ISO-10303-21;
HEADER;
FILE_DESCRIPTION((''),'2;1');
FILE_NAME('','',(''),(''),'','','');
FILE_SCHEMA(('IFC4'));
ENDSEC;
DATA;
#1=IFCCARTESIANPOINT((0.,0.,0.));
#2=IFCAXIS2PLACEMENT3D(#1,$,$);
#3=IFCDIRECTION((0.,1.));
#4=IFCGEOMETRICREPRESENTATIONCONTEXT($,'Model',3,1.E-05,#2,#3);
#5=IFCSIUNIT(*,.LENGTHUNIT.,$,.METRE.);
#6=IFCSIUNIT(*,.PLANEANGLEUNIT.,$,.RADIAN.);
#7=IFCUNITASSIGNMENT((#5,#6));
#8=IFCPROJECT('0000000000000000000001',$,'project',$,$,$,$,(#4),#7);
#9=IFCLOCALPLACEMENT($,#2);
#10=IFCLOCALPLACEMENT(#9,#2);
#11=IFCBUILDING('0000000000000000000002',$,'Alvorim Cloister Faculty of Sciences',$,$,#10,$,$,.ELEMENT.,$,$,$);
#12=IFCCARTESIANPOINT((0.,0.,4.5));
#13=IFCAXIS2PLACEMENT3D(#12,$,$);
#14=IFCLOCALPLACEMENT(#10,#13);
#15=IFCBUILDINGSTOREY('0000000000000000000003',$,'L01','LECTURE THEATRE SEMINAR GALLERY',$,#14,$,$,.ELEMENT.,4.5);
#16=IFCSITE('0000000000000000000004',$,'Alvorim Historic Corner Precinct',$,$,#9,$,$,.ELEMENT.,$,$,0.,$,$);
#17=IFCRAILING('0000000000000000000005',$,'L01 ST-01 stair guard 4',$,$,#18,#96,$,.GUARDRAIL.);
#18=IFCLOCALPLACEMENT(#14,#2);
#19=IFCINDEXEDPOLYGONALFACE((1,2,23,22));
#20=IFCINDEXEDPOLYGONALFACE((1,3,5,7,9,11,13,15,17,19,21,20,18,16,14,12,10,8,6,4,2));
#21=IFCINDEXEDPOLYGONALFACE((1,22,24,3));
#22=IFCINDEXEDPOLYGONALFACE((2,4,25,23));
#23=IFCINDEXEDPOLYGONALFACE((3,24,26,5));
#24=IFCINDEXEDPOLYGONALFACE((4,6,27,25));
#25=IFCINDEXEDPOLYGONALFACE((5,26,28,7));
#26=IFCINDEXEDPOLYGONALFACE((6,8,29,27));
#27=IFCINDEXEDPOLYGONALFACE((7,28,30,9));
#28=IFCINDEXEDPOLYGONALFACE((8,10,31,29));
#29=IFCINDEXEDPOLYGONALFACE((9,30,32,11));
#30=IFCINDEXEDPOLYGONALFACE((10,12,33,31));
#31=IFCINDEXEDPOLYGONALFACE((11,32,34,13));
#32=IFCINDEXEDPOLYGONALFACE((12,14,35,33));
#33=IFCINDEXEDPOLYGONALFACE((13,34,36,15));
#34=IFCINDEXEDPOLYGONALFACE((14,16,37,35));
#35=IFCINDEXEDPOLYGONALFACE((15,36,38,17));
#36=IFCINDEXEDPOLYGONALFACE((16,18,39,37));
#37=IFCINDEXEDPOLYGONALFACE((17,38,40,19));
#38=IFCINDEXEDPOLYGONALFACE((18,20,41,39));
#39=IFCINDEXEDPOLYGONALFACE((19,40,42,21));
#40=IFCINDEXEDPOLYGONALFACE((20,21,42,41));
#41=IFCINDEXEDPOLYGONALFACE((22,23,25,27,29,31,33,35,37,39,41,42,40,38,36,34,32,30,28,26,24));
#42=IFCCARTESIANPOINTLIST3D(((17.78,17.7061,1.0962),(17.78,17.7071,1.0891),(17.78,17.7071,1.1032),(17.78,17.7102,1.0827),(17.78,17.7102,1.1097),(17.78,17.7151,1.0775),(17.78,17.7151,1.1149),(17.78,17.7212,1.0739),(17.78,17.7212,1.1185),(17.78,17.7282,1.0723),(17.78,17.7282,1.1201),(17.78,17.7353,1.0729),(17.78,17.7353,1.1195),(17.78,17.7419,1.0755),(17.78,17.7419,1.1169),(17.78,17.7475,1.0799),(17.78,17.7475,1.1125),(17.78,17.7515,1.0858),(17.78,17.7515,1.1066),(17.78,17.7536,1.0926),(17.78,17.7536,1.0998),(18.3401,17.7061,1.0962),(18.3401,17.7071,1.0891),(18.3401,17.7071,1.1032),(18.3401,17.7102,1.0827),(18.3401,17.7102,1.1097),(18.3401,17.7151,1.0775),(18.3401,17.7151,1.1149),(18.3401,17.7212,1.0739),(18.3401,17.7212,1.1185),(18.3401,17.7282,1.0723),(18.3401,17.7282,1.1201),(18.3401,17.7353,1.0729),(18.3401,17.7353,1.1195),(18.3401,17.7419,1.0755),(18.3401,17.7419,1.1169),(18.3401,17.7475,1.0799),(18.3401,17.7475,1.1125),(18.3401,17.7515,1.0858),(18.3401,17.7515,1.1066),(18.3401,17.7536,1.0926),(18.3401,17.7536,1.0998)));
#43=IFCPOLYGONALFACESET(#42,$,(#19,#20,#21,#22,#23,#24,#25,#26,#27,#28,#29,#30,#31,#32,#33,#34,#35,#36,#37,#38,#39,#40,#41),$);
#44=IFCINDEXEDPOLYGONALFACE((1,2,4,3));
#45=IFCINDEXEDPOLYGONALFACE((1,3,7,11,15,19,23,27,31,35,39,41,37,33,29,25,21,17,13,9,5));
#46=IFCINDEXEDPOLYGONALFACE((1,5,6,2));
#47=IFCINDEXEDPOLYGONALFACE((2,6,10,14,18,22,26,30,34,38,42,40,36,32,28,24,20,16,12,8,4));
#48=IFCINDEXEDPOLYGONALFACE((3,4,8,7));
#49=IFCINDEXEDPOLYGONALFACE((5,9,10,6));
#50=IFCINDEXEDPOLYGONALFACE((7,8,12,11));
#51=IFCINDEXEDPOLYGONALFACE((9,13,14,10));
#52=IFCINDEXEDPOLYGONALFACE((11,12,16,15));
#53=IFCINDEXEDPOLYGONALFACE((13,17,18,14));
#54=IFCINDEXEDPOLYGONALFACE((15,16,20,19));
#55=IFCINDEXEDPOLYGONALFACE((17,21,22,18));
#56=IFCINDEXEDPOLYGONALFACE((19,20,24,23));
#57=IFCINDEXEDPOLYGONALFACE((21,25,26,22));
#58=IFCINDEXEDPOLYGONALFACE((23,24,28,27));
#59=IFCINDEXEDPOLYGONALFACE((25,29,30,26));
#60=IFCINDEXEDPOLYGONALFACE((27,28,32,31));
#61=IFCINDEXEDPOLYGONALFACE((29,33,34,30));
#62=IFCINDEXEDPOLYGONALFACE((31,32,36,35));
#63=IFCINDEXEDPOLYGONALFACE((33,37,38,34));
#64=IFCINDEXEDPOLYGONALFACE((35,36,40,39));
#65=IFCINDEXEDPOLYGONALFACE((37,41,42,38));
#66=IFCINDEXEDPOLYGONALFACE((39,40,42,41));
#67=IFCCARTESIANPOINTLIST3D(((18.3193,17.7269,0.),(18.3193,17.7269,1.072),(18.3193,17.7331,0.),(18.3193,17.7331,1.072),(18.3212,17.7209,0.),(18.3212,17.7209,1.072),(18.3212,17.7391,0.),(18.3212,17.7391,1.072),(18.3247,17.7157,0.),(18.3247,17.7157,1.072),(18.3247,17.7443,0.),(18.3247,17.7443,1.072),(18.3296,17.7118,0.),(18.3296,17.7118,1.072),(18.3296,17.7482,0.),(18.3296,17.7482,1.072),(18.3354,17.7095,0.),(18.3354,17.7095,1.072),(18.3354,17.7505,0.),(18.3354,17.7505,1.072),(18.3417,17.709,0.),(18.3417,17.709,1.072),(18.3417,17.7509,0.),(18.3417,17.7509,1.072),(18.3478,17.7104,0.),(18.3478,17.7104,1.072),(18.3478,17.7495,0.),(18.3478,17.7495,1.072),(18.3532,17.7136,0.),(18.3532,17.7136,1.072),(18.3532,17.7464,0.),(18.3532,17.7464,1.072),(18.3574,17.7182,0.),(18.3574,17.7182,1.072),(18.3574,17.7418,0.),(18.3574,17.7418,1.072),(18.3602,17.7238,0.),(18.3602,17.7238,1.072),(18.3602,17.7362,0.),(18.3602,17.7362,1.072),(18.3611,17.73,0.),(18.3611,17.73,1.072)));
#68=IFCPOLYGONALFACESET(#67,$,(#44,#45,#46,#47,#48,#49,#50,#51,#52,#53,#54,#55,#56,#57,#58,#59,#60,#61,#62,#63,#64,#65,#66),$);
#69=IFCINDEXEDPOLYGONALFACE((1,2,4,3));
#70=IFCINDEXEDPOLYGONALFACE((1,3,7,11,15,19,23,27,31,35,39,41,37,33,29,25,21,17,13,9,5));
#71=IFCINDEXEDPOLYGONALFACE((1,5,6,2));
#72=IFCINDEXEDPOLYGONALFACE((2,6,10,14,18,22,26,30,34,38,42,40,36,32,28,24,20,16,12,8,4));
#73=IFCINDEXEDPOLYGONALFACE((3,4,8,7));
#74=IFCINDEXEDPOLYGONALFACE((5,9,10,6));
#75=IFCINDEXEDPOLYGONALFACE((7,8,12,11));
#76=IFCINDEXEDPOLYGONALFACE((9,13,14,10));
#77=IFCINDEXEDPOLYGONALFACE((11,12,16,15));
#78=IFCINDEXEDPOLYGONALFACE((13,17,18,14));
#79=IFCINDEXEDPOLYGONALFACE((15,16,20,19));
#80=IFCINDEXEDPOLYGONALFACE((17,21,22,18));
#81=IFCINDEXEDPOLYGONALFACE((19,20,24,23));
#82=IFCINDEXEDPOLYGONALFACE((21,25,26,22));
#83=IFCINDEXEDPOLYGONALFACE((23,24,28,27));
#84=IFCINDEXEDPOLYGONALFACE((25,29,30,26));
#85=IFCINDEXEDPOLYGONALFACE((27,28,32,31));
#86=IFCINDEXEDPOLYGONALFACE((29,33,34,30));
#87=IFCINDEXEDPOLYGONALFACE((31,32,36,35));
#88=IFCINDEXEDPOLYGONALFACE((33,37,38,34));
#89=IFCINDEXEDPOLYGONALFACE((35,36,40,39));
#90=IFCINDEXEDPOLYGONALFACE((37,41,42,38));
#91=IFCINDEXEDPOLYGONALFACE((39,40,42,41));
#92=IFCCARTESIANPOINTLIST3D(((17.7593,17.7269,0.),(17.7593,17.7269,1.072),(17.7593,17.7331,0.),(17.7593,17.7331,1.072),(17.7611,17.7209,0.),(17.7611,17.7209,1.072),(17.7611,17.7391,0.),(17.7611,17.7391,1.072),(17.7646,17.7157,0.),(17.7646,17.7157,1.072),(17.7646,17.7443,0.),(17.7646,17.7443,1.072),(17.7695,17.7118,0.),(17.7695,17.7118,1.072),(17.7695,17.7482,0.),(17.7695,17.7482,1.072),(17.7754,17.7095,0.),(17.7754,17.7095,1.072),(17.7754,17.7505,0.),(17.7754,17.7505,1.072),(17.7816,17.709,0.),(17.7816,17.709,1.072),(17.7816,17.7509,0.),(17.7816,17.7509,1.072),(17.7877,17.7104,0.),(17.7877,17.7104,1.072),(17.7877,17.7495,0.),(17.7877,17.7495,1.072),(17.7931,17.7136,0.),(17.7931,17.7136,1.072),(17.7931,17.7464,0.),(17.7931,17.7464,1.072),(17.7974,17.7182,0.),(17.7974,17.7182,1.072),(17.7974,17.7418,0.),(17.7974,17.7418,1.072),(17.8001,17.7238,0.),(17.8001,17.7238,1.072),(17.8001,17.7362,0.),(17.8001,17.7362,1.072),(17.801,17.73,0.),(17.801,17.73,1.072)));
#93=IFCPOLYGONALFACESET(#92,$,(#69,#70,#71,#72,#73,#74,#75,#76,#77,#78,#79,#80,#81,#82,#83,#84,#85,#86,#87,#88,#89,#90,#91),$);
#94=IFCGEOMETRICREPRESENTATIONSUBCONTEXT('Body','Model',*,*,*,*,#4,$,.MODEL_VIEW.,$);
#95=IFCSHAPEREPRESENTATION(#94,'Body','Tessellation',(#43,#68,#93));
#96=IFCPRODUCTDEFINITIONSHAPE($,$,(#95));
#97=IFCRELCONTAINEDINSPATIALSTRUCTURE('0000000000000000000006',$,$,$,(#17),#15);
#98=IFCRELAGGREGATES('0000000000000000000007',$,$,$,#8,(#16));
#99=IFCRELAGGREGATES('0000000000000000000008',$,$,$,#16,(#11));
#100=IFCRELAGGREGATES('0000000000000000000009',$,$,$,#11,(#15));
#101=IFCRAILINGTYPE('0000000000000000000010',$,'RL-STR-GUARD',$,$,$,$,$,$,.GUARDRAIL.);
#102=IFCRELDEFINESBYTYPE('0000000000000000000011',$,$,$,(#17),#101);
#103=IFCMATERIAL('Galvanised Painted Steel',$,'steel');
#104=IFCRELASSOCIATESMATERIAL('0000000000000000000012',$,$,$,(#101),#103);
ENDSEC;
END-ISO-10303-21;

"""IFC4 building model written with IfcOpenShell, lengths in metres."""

from ifc_helpers import new_model, si_unit, direction, frame, origin, origin_2d, place, context, subcontext, project, spatial, circle, extrude, material, type_object, element, save


model = new_model("IFC4")

# Units and contexts
model_context = context("Model", 3, precision=1e-05, world=origin(), true_north=direction((0.0, 1.0)))
body_context = subcontext(model_context, "Body", "Model", "MODEL_VIEW")
ifc_project = project(units=[si_unit("LENGTHUNIT", "METRE"), si_unit("PLANEANGLEUNIT", "RADIAN")], contexts=[model_context])

# Site, building, storey
site_placement = place(None, origin())
site = spatial("IfcSite", under=ifc_project, at=site_placement, Name="Alvorim Historic Corner Precinct", CompositionType="ELEMENT", RefElevation=0.0)
building_placement = place(site_placement, origin())
building = spatial("IfcBuilding", under=site, at=building_placement, Name="Alvorim Cloister Faculty of Sciences", CompositionType="ELEMENT")
storey_placement = place(building_placement, frame((0.0, 0.0, 4.5)))
storey = spatial("IfcBuildingStorey", under=building, at=storey_placement, Name="L01", Description="LECTURE THEATRE SEMINAR GALLERY", CompositionType="ELEMENT", Elevation=4.5)

# Railing
ifc_material_1 = material(Name="Galvanised Painted Steel", Category="steel")
railing_type_1 = type_object("IfcRailingType", Name="RL-STR-GUARD", PredefinedType="GUARDRAIL", material=ifc_material_1)
railing_1_placement = place(storey_placement, frame((18.3401, 17.73, 0.0)))
element("IfcRailing", 1, at=railing_1_placement, inside=storey, type_object=railing_type_1, Name="L01 ST-01 stair guard 4", PredefinedType="GUARDRAIL", context=body_context, shape_type="SweptSolid", body=[
    extrude(circle(Radius=0.0239, at=origin_2d()), frame((0.0, 0.0, 1.0962), z_axis=(-1.0, 0.0, 0.0), x_axis=(0.0, -1.0, 0.0)), (0.0, 0.0, 1.0), 0.5601),
    extrude(circle(Radius=0.021, at=origin_2d()), origin(), (0.0, 0.0, 1.0), 1.072),
    extrude(circle(Radius=0.021, at=origin_2d()), frame((-0.5601, 0.0, 0.0)), (0.0, 0.0, 1.0), 1.072),
])

save(model, "model.ifc")
